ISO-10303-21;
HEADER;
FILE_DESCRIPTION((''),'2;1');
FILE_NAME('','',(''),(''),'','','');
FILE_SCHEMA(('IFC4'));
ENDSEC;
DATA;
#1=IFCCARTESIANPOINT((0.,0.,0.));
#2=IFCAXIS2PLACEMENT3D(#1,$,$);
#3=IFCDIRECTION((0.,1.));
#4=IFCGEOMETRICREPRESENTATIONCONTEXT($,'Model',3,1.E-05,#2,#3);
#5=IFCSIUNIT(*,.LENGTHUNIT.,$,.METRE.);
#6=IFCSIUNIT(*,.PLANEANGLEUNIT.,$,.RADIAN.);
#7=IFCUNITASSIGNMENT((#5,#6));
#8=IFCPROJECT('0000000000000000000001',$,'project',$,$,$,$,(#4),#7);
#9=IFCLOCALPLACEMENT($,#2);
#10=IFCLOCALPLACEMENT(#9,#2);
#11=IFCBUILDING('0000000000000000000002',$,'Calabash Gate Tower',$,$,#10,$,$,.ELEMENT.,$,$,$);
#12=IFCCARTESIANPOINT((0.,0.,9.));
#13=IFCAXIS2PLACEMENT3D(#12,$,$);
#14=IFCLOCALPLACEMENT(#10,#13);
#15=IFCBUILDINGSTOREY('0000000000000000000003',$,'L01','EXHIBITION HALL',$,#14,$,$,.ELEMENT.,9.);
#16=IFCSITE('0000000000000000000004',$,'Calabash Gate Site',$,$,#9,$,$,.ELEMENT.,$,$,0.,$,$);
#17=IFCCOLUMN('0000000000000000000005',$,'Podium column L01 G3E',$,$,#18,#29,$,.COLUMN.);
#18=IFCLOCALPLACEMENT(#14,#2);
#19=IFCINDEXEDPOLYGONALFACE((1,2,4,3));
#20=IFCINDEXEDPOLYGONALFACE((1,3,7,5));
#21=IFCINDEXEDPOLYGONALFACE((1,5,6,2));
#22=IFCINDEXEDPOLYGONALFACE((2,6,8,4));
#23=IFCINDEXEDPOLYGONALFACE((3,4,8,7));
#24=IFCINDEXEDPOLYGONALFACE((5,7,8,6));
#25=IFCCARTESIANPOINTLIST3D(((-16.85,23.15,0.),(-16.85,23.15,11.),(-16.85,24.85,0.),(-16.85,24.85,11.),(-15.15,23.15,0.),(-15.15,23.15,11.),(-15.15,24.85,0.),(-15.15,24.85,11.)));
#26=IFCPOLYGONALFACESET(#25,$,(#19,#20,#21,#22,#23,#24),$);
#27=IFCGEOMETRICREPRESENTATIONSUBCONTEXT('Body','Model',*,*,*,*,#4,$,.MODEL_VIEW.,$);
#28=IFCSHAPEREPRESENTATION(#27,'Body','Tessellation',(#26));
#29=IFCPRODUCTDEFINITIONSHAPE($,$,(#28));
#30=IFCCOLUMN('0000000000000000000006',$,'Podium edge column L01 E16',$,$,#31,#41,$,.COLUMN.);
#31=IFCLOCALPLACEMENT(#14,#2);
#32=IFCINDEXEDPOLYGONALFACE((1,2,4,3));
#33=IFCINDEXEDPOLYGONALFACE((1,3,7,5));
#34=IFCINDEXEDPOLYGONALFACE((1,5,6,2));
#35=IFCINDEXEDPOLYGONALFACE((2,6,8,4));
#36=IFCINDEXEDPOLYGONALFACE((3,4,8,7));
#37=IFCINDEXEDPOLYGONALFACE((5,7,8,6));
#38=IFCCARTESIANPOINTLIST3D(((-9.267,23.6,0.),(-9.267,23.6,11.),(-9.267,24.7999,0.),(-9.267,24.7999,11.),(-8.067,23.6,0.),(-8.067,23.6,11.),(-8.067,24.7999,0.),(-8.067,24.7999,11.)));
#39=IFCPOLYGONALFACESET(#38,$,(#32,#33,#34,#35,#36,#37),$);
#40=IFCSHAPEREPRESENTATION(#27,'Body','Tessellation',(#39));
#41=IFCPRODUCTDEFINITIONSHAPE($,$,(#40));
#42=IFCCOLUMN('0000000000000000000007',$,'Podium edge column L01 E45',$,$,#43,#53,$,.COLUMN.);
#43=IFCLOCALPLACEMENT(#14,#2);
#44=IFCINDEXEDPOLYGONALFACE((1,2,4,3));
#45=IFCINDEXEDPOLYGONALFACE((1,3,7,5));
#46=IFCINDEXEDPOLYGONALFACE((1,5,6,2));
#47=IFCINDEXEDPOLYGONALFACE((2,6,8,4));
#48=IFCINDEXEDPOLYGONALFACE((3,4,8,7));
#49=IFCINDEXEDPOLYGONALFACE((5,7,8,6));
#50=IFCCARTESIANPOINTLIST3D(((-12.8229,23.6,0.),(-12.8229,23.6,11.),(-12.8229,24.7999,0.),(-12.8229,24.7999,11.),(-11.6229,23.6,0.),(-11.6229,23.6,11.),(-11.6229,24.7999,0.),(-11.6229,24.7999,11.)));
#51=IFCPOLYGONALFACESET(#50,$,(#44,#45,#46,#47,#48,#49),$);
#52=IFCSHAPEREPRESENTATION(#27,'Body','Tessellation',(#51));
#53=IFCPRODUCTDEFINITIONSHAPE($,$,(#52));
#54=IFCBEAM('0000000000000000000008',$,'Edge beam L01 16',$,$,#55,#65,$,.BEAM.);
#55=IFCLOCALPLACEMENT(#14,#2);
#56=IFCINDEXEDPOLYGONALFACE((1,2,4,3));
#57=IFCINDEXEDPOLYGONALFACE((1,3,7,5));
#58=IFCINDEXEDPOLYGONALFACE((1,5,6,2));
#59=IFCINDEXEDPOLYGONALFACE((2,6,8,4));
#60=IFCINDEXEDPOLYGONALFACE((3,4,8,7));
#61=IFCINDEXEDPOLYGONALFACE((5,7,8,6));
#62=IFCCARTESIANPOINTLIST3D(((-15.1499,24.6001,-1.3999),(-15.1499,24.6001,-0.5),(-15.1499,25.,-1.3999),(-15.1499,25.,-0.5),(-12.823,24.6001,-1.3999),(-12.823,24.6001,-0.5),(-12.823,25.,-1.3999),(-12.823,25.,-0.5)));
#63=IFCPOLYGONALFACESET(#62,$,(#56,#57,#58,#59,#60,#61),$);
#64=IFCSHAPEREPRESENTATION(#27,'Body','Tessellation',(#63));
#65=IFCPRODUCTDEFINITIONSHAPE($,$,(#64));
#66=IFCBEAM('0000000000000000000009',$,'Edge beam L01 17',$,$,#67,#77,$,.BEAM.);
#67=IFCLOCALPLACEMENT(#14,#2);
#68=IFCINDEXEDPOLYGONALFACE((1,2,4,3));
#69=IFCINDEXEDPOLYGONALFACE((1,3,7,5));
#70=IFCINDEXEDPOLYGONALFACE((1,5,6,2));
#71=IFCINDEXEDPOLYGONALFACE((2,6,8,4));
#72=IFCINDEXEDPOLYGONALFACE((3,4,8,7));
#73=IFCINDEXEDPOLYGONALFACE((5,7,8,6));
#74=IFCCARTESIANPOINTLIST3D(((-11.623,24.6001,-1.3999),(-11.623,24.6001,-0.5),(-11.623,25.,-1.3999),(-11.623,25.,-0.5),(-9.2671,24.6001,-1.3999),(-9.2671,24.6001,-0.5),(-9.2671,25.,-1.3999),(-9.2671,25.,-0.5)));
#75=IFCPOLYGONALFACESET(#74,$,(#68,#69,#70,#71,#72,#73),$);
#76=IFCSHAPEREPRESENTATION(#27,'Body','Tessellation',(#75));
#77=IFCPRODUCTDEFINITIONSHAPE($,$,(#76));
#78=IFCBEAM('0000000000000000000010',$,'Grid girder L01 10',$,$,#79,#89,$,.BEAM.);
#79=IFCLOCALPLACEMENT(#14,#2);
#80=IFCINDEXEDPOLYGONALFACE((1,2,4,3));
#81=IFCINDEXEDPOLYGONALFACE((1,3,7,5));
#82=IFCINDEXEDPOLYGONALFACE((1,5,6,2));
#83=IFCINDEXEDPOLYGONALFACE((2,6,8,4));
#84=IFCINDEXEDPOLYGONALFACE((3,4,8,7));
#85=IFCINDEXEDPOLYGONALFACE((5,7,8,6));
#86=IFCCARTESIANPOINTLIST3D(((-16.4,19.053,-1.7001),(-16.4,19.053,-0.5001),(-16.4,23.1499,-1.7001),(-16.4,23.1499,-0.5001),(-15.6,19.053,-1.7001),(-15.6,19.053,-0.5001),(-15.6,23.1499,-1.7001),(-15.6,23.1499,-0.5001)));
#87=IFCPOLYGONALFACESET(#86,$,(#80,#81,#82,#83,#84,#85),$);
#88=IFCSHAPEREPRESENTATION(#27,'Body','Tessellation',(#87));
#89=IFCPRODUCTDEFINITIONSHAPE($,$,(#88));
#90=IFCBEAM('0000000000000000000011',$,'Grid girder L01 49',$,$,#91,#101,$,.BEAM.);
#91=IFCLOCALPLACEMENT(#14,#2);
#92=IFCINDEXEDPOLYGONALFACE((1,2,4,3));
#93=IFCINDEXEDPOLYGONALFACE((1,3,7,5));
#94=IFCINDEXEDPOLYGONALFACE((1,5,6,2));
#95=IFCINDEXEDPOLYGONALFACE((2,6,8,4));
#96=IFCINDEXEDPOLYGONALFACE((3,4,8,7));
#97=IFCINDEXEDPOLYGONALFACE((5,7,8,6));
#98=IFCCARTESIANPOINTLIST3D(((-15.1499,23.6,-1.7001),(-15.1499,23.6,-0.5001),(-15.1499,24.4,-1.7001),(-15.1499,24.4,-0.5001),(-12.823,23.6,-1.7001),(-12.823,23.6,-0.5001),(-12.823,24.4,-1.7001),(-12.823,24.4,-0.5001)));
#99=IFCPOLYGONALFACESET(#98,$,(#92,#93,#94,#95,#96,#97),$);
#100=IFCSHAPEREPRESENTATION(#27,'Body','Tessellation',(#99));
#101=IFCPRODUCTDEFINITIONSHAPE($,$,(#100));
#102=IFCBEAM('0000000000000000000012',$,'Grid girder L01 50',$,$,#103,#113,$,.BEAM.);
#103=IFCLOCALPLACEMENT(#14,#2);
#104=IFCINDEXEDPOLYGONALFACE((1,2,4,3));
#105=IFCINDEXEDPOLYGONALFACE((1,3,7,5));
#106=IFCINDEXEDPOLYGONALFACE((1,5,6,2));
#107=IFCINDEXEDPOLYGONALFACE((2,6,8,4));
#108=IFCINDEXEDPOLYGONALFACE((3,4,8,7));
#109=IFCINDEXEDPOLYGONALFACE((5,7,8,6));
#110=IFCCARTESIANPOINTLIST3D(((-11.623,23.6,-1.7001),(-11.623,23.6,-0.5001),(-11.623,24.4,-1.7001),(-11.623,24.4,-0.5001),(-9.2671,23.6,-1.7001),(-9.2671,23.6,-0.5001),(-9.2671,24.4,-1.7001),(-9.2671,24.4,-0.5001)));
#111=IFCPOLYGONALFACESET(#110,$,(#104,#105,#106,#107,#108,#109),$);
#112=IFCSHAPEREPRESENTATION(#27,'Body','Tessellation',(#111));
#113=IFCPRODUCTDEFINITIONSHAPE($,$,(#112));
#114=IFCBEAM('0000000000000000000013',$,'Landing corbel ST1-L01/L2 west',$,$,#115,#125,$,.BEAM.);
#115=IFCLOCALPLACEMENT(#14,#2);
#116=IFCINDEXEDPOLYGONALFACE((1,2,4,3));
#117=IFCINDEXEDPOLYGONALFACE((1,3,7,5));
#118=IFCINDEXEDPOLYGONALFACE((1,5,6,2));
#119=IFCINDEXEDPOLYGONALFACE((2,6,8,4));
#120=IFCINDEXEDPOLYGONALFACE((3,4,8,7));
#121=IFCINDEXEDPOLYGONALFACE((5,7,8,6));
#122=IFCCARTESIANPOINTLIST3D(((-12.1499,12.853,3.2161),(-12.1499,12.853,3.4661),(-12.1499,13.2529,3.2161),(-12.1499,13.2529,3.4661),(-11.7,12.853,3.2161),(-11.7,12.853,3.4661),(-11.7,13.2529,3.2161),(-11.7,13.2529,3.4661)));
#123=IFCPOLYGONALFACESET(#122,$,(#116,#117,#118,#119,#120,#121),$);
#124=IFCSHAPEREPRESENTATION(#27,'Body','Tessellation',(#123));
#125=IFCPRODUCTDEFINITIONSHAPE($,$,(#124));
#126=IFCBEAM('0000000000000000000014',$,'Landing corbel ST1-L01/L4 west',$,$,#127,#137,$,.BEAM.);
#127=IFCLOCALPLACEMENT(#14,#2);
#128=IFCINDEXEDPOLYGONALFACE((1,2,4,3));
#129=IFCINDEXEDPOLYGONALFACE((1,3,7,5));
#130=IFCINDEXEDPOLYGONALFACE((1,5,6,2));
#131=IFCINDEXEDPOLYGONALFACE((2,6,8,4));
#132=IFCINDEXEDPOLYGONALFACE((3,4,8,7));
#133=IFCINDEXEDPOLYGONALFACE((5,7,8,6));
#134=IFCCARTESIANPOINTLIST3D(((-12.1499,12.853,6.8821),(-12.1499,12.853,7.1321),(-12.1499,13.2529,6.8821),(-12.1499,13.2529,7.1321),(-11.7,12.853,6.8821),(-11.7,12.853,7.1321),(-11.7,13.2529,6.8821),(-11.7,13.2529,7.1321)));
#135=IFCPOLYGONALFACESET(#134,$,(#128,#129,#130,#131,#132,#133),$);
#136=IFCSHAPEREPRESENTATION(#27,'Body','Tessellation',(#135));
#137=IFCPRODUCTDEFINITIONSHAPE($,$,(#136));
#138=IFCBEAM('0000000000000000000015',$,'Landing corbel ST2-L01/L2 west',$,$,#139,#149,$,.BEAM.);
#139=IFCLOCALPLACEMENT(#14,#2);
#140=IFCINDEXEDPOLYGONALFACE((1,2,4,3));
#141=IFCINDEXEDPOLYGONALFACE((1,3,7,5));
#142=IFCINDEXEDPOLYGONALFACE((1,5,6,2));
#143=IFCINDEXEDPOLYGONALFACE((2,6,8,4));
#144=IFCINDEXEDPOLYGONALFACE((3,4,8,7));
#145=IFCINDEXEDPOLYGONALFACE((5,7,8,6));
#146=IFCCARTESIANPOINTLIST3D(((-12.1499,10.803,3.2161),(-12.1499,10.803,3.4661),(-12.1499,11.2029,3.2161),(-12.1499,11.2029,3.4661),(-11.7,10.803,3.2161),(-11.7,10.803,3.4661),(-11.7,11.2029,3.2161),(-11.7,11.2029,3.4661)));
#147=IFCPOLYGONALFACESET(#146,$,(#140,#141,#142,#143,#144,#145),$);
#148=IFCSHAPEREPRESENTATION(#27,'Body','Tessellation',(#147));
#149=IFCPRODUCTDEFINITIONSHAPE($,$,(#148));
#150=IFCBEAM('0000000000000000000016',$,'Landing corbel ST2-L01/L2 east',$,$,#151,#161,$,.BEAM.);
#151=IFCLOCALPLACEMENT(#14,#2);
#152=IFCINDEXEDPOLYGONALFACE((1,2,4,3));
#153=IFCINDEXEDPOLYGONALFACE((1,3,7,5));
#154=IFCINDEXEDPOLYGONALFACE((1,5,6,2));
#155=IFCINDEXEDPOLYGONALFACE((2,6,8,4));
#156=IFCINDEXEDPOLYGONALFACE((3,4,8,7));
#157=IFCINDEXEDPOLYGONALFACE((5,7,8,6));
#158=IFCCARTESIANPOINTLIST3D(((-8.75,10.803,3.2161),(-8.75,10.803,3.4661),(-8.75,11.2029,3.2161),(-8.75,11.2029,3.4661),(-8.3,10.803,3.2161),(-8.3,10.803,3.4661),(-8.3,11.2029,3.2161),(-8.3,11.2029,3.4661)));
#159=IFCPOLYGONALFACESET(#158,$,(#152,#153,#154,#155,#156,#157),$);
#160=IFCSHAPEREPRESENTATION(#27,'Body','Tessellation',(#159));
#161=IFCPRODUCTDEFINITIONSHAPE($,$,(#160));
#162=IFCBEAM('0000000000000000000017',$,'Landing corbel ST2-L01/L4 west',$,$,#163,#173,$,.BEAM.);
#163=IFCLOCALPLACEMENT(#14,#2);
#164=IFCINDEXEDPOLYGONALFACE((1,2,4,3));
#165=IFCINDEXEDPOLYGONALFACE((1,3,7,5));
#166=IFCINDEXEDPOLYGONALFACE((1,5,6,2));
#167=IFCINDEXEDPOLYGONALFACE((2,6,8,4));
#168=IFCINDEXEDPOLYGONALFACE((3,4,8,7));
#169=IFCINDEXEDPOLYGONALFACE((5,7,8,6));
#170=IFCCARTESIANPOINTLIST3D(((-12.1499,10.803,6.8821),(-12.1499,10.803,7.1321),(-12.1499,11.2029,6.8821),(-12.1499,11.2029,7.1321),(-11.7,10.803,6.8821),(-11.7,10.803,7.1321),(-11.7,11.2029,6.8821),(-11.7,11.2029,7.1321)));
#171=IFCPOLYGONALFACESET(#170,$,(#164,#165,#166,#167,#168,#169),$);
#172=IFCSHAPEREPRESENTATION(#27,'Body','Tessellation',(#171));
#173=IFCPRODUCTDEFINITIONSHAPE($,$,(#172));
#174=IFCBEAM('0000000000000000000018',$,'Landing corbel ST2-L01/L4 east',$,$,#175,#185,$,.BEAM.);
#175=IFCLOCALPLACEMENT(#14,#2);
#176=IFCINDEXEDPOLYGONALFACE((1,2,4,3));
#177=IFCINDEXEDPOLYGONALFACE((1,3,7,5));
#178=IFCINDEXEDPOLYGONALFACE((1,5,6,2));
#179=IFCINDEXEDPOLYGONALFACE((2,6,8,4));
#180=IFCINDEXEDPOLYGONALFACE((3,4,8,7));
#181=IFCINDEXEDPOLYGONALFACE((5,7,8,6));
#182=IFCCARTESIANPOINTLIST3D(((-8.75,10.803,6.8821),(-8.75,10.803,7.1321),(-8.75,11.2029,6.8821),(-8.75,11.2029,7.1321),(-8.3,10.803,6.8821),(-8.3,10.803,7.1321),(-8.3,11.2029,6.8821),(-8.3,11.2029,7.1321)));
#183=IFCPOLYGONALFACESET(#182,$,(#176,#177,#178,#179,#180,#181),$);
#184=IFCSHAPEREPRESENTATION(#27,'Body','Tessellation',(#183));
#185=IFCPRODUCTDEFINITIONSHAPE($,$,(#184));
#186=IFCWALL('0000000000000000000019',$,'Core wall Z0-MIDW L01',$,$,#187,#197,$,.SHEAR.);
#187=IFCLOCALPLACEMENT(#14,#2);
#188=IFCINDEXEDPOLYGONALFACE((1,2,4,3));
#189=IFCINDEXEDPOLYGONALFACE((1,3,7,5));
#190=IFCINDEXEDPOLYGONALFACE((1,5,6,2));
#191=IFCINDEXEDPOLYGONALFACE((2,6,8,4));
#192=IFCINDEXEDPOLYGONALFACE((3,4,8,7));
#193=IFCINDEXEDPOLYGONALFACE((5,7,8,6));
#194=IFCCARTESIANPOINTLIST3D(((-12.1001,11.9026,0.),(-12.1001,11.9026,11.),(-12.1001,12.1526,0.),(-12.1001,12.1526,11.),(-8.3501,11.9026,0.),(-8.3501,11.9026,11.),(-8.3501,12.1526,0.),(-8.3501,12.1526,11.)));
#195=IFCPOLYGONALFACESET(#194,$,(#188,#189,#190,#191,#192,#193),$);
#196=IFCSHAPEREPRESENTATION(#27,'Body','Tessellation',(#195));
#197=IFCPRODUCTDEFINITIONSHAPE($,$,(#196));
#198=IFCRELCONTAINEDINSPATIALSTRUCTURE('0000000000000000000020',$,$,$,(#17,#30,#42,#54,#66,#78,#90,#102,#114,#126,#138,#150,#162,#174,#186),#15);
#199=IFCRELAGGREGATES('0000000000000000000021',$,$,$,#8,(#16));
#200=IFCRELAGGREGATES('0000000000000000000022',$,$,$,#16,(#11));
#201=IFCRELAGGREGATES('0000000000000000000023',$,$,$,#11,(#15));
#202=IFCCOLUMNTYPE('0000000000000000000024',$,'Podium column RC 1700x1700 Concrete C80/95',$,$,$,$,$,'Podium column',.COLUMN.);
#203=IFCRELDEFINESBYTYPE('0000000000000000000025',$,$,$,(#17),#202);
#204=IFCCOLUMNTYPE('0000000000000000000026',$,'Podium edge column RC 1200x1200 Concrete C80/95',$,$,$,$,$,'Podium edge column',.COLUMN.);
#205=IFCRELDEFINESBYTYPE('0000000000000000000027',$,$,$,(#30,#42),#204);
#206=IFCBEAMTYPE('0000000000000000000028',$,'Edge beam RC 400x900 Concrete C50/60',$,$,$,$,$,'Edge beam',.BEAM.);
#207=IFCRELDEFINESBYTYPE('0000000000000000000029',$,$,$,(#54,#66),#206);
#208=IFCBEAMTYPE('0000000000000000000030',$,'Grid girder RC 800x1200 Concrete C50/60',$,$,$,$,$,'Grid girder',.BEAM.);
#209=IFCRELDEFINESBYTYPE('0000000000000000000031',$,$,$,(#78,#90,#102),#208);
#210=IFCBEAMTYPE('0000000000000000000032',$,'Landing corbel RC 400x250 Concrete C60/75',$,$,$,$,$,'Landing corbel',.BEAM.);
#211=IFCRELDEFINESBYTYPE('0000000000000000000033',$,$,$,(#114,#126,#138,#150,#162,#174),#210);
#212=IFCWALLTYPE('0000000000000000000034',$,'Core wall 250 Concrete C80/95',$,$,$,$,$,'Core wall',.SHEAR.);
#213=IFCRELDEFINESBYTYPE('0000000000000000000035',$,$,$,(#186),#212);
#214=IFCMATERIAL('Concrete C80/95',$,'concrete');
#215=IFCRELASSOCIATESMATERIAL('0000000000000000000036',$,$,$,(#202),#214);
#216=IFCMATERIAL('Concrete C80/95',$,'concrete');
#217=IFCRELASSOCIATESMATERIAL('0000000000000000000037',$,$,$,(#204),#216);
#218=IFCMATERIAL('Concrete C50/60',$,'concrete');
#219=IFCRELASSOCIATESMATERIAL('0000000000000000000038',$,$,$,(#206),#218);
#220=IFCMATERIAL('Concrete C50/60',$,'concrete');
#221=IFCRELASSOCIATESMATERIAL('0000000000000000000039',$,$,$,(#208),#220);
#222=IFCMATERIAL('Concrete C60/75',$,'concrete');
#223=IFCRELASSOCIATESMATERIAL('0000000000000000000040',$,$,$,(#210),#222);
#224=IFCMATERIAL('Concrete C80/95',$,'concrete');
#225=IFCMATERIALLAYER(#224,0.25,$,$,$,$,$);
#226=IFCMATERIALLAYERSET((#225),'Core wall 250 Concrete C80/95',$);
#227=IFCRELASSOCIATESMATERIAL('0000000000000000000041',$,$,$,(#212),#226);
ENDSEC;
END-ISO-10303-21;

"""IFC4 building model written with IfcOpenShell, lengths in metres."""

from ifc_helpers import new_model, si_unit, direction, frame, frame_2d, origin, origin_2d, place, context, subcontext, project, spatial, rectangle, extrude, material, layer, layer_set, material_profile, profile_set, type_object, element, save


model = new_model("IFC4")

# Units and contexts
model_context = context("Model", 3, precision=1e-05, world=origin(), true_north=direction((0.0, 1.0)))
body_context = subcontext(model_context, "Body", "Model", "MODEL_VIEW")
ifc_project = project(units=[si_unit("LENGTHUNIT", "METRE"), si_unit("PLANEANGLEUNIT", "RADIAN")], contexts=[model_context])

# Site, building, storey
site_placement = place(None, origin())
site = spatial("IfcSite", under=ifc_project, at=site_placement, Name="Calabash Gate Site", CompositionType="ELEMENT", RefElevation=0.0)
building_placement = place(site_placement, origin())
building = spatial("IfcBuilding", under=site, at=building_placement, Name="Calabash Gate Tower", CompositionType="ELEMENT")
storey_placement = place(building_placement, frame((0.0, 0.0, 9.0)))
storey = spatial("IfcBuildingStorey", under=building, at=storey_placement, Name="L01", Description="EXHIBITION HALL", CompositionType="ELEMENT", Elevation=9.0)

# Columns
ifc_material_1 = material(Name="Concrete C80/95", Category="concrete")
ifc_material_profile_1 = material_profile(ifc_material_1, rectangle(XDim=1.7, YDim=1.7, at=origin_2d()))
ifc_profile_set_1 = profile_set([ifc_material_profile_1], Name="Concrete C80/95")
column_type_1 = type_object("IfcColumnType", Name="Podium column RC 1700x1700 Concrete C80/95", ElementType="Podium column", PredefinedType="COLUMN", material=ifc_profile_set_1)
column_placement = place(storey_placement, frame((-16.0, 24.0, 0.0), z_axis=(0.0, 0.0, 1.0), x_axis=(1.0, 0.0, 0.0)))
element("IfcColumn", 1, at=column_placement, inside=storey, type_object=column_type_1, Name="Podium column L01 G3E", PredefinedType="COLUMN", context=body_context, shape_type="SweptSolid", body=[
    extrude(rectangle(XDim=1.7, YDim=1.7, at=origin_2d()), origin(), (0.0, 0.0, 1.0), 11.0),
])
ifc_material_2 = material(Name="Concrete C80/95", Category="concrete")
ifc_material_profile_2 = material_profile(ifc_material_2, rectangle(XDim=1.2, YDim=1.2, at=origin_2d()))
ifc_profile_set_2 = profile_set([ifc_material_profile_2], Name="Concrete C80/95")
column_type_2 = type_object("IfcColumnType", Name="Podium edge column RC 1200x1200 Concrete C80/95", ElementType="Podium edge column", PredefinedType="COLUMN", material=ifc_profile_set_2)
for number, where, z_axis, x_axis, name in (
    (2, (-8.667, 24.2, 0.0), (0.0, 0.0, 1.0), (1.0, 0.0, 0.0), "Podium edge column L01 E16"),
    (3, (-12.2229, 24.2, 0.0), (0.0, 0.0, 1.0), (1.0, 0.0, 0.0), "Podium edge column L01 E45"),
):
    element("IfcColumn", number, at=place(storey_placement, frame(where, z_axis=z_axis, x_axis=x_axis)), inside=storey, type_object=column_type_2, Name=name, PredefinedType="COLUMN", context=body_context, shape_type="SweptSolid", body=[
        extrude(rectangle(XDim=1.2, YDim=1.2, at=origin_2d()), origin(), (0.0, 0.0, 1.0), 11.0),
    ])

# Beams
ifc_material_3 = material(Name="Concrete C50/60", Category="concrete")
ifc_material_profile_3 = material_profile(ifc_material_3, rectangle(XDim=0.3999, YDim=0.8999, at=origin_2d()))
ifc_profile_set_3 = profile_set([ifc_material_profile_3], Name="Concrete C50/60")
beam_type_1 = type_object("IfcBeamType", Name="Edge beam RC 400x900 Concrete C50/60", ElementType="Edge beam", PredefinedType="BEAM", material=ifc_profile_set_3)
beam_1_placement = place(storey_placement, frame((-15.1499, 24.8, -0.95), z_axis=(1.0, 0.0, 0.0), x_axis=(0.0, 1.0, 0.0)))
element("IfcBeam", 4, at=beam_1_placement, inside=storey, type_object=beam_type_1, Name="Edge beam L01 16", PredefinedType="BEAM", context=body_context, shape_type="SweptSolid", body=[
    extrude(rectangle(XDim=0.3999, YDim=0.8999, at=origin_2d()), origin(), (0.0, 0.0, 1.0), 2.3269),
])
beam_2_placement = place(storey_placement, frame((-11.623, 24.8, -0.95), z_axis=(1.0, 0.0, 0.0), x_axis=(0.0, 1.0, 0.0)))
element("IfcBeam", 5, at=beam_2_placement, inside=storey, type_object=beam_type_1, Name="Edge beam L01 17", PredefinedType="BEAM", context=body_context, shape_type="SweptSolid", body=[
    extrude(rectangle(XDim=0.3999, YDim=0.8999, at=origin_2d()), origin(), (0.0, 0.0, 1.0), 2.356),
])
ifc_material_4 = material(Name="Concrete C50/60", Category="concrete")
ifc_material_profile_4 = material_profile(ifc_material_4, rectangle(XDim=0.8, YDim=1.2, at=origin_2d()))
ifc_profile_set_4 = profile_set([ifc_material_profile_4], Name="Concrete C50/60")
beam_type_2 = type_object("IfcBeamType", Name="Grid girder RC 800x1200 Concrete C50/60", ElementType="Grid girder", PredefinedType="BEAM", material=ifc_profile_set_4)
beam_3_placement = place(storey_placement, frame((-16.0, 19.053, -1.1001), z_axis=(0.0, 1.0, 0.0), x_axis=(-1.0, 0.0, 0.0)))
element("IfcBeam", 6, at=beam_3_placement, inside=storey, type_object=beam_type_2, Name="Grid girder L01 10", PredefinedType="BEAM", context=body_context, shape_type="SweptSolid", body=[
    extrude(rectangle(XDim=0.8, YDim=1.2, at=origin_2d()), origin(), (0.0, 0.0, 1.0), 4.0969),
])
beam_4_placement = place(storey_placement, frame((-15.1499, 24.0, -1.1001), z_axis=(1.0, 0.0, 0.0), x_axis=(0.0, 1.0, 0.0)))
element("IfcBeam", 7, at=beam_4_placement, inside=storey, type_object=beam_type_2, Name="Grid girder L01 49", PredefinedType="BEAM", context=body_context, shape_type="SweptSolid", body=[
    extrude(rectangle(XDim=0.8, YDim=1.2, at=origin_2d()), origin(), (0.0, 0.0, 1.0), 2.3269),
])
beam_5_placement = place(storey_placement, frame((-11.623, 24.0, -1.1001), z_axis=(1.0, 0.0, 0.0), x_axis=(0.0, 1.0, 0.0)))
element("IfcBeam", 8, at=beam_5_placement, inside=storey, type_object=beam_type_2, Name="Grid girder L01 50", PredefinedType="BEAM", context=body_context, shape_type="SweptSolid", body=[
    extrude(rectangle(XDim=0.8, YDim=1.2, at=origin_2d()), origin(), (0.0, 0.0, 1.0), 2.356),
])
ifc_material_5 = material(Name="Concrete C60/75", Category="concrete")
ifc_material_profile_5 = material_profile(ifc_material_5, rectangle(XDim=0.3999, YDim=0.25, at=origin_2d()))
ifc_profile_set_5 = profile_set([ifc_material_profile_5], Name="Concrete C60/75")
beam_type_3 = type_object("IfcBeamType", Name="Landing corbel RC 400x250 Concrete C60/75", ElementType="Landing corbel", PredefinedType="BEAM", material=ifc_profile_set_5)
for number, where, z_axis, x_axis, name in (
    (9, (-12.1499, 13.053, 3.3411), (1.0, 0.0, 0.0), (0.0, 1.0, 0.0), "Landing corbel ST1-L01/L2 west"),
    (10, (-12.1499, 13.053, 7.0071), (1.0, 0.0, 0.0), (0.0, 1.0, 0.0), "Landing corbel ST1-L01/L4 west"),
    (11, (-12.1499, 11.0029, 3.3411), (1.0, 0.0, 0.0), (0.0, 1.0, 0.0), "Landing corbel ST2-L01/L2 west"),
    (12, (-8.3, 11.0029, 3.3411), (-1.0, 0.0, 0.0), (0.0, -1.0, 0.0), "Landing corbel ST2-L01/L2 east"),
    (13, (-12.1499, 11.0029, 7.0071), (1.0, 0.0, 0.0), (0.0, 1.0, 0.0), "Landing corbel ST2-L01/L4 west"),
    (14, (-8.3, 11.0029, 7.0071), (-1.0, 0.0, 0.0), (0.0, -1.0, 0.0), "Landing corbel ST2-L01/L4 east"),
):
    element("IfcBeam", number, at=place(storey_placement, frame(where, z_axis=z_axis, x_axis=x_axis)), inside=storey, type_object=beam_type_3, Name=name, PredefinedType="BEAM", context=body_context, shape_type="SweptSolid", body=[
        extrude(rectangle(XDim=0.3999, YDim=0.25, at=origin_2d()), origin(), (0.0, 0.0, 1.0), 0.45),
    ])

# Wall
ifc_material_6 = material(Name="Concrete C80/95", Category="concrete")
ifc_layer_1 = layer(ifc_material_6, 0.25)
ifc_layer_set_1 = layer_set([ifc_layer_1], Name="Core wall 250 Concrete C80/95")
wall_type_1 = type_object("IfcWallType", Name="Core wall 250 Concrete C80/95", ElementType="Core wall", PredefinedType="SHEAR", material=ifc_layer_set_1)
wall_1_placement = place(storey_placement, frame((-12.1001, 12.0276, 0.0), z_axis=(0.0, 0.0, 1.0), x_axis=(1.0, 0.0, 0.0)))
element("IfcWall", 15, at=wall_1_placement, inside=storey, type_object=wall_type_1, Name="Core wall Z0-MIDW L01", PredefinedType="SHEAR", context=body_context, shape_type="SweptSolid", body=[
    extrude(rectangle(XDim=3.75, YDim=0.25, at=frame_2d((1.875, 0.0))), origin(), (0.0, 0.0, 1.0), 11.0),
])

save(model, "model.ifc")
